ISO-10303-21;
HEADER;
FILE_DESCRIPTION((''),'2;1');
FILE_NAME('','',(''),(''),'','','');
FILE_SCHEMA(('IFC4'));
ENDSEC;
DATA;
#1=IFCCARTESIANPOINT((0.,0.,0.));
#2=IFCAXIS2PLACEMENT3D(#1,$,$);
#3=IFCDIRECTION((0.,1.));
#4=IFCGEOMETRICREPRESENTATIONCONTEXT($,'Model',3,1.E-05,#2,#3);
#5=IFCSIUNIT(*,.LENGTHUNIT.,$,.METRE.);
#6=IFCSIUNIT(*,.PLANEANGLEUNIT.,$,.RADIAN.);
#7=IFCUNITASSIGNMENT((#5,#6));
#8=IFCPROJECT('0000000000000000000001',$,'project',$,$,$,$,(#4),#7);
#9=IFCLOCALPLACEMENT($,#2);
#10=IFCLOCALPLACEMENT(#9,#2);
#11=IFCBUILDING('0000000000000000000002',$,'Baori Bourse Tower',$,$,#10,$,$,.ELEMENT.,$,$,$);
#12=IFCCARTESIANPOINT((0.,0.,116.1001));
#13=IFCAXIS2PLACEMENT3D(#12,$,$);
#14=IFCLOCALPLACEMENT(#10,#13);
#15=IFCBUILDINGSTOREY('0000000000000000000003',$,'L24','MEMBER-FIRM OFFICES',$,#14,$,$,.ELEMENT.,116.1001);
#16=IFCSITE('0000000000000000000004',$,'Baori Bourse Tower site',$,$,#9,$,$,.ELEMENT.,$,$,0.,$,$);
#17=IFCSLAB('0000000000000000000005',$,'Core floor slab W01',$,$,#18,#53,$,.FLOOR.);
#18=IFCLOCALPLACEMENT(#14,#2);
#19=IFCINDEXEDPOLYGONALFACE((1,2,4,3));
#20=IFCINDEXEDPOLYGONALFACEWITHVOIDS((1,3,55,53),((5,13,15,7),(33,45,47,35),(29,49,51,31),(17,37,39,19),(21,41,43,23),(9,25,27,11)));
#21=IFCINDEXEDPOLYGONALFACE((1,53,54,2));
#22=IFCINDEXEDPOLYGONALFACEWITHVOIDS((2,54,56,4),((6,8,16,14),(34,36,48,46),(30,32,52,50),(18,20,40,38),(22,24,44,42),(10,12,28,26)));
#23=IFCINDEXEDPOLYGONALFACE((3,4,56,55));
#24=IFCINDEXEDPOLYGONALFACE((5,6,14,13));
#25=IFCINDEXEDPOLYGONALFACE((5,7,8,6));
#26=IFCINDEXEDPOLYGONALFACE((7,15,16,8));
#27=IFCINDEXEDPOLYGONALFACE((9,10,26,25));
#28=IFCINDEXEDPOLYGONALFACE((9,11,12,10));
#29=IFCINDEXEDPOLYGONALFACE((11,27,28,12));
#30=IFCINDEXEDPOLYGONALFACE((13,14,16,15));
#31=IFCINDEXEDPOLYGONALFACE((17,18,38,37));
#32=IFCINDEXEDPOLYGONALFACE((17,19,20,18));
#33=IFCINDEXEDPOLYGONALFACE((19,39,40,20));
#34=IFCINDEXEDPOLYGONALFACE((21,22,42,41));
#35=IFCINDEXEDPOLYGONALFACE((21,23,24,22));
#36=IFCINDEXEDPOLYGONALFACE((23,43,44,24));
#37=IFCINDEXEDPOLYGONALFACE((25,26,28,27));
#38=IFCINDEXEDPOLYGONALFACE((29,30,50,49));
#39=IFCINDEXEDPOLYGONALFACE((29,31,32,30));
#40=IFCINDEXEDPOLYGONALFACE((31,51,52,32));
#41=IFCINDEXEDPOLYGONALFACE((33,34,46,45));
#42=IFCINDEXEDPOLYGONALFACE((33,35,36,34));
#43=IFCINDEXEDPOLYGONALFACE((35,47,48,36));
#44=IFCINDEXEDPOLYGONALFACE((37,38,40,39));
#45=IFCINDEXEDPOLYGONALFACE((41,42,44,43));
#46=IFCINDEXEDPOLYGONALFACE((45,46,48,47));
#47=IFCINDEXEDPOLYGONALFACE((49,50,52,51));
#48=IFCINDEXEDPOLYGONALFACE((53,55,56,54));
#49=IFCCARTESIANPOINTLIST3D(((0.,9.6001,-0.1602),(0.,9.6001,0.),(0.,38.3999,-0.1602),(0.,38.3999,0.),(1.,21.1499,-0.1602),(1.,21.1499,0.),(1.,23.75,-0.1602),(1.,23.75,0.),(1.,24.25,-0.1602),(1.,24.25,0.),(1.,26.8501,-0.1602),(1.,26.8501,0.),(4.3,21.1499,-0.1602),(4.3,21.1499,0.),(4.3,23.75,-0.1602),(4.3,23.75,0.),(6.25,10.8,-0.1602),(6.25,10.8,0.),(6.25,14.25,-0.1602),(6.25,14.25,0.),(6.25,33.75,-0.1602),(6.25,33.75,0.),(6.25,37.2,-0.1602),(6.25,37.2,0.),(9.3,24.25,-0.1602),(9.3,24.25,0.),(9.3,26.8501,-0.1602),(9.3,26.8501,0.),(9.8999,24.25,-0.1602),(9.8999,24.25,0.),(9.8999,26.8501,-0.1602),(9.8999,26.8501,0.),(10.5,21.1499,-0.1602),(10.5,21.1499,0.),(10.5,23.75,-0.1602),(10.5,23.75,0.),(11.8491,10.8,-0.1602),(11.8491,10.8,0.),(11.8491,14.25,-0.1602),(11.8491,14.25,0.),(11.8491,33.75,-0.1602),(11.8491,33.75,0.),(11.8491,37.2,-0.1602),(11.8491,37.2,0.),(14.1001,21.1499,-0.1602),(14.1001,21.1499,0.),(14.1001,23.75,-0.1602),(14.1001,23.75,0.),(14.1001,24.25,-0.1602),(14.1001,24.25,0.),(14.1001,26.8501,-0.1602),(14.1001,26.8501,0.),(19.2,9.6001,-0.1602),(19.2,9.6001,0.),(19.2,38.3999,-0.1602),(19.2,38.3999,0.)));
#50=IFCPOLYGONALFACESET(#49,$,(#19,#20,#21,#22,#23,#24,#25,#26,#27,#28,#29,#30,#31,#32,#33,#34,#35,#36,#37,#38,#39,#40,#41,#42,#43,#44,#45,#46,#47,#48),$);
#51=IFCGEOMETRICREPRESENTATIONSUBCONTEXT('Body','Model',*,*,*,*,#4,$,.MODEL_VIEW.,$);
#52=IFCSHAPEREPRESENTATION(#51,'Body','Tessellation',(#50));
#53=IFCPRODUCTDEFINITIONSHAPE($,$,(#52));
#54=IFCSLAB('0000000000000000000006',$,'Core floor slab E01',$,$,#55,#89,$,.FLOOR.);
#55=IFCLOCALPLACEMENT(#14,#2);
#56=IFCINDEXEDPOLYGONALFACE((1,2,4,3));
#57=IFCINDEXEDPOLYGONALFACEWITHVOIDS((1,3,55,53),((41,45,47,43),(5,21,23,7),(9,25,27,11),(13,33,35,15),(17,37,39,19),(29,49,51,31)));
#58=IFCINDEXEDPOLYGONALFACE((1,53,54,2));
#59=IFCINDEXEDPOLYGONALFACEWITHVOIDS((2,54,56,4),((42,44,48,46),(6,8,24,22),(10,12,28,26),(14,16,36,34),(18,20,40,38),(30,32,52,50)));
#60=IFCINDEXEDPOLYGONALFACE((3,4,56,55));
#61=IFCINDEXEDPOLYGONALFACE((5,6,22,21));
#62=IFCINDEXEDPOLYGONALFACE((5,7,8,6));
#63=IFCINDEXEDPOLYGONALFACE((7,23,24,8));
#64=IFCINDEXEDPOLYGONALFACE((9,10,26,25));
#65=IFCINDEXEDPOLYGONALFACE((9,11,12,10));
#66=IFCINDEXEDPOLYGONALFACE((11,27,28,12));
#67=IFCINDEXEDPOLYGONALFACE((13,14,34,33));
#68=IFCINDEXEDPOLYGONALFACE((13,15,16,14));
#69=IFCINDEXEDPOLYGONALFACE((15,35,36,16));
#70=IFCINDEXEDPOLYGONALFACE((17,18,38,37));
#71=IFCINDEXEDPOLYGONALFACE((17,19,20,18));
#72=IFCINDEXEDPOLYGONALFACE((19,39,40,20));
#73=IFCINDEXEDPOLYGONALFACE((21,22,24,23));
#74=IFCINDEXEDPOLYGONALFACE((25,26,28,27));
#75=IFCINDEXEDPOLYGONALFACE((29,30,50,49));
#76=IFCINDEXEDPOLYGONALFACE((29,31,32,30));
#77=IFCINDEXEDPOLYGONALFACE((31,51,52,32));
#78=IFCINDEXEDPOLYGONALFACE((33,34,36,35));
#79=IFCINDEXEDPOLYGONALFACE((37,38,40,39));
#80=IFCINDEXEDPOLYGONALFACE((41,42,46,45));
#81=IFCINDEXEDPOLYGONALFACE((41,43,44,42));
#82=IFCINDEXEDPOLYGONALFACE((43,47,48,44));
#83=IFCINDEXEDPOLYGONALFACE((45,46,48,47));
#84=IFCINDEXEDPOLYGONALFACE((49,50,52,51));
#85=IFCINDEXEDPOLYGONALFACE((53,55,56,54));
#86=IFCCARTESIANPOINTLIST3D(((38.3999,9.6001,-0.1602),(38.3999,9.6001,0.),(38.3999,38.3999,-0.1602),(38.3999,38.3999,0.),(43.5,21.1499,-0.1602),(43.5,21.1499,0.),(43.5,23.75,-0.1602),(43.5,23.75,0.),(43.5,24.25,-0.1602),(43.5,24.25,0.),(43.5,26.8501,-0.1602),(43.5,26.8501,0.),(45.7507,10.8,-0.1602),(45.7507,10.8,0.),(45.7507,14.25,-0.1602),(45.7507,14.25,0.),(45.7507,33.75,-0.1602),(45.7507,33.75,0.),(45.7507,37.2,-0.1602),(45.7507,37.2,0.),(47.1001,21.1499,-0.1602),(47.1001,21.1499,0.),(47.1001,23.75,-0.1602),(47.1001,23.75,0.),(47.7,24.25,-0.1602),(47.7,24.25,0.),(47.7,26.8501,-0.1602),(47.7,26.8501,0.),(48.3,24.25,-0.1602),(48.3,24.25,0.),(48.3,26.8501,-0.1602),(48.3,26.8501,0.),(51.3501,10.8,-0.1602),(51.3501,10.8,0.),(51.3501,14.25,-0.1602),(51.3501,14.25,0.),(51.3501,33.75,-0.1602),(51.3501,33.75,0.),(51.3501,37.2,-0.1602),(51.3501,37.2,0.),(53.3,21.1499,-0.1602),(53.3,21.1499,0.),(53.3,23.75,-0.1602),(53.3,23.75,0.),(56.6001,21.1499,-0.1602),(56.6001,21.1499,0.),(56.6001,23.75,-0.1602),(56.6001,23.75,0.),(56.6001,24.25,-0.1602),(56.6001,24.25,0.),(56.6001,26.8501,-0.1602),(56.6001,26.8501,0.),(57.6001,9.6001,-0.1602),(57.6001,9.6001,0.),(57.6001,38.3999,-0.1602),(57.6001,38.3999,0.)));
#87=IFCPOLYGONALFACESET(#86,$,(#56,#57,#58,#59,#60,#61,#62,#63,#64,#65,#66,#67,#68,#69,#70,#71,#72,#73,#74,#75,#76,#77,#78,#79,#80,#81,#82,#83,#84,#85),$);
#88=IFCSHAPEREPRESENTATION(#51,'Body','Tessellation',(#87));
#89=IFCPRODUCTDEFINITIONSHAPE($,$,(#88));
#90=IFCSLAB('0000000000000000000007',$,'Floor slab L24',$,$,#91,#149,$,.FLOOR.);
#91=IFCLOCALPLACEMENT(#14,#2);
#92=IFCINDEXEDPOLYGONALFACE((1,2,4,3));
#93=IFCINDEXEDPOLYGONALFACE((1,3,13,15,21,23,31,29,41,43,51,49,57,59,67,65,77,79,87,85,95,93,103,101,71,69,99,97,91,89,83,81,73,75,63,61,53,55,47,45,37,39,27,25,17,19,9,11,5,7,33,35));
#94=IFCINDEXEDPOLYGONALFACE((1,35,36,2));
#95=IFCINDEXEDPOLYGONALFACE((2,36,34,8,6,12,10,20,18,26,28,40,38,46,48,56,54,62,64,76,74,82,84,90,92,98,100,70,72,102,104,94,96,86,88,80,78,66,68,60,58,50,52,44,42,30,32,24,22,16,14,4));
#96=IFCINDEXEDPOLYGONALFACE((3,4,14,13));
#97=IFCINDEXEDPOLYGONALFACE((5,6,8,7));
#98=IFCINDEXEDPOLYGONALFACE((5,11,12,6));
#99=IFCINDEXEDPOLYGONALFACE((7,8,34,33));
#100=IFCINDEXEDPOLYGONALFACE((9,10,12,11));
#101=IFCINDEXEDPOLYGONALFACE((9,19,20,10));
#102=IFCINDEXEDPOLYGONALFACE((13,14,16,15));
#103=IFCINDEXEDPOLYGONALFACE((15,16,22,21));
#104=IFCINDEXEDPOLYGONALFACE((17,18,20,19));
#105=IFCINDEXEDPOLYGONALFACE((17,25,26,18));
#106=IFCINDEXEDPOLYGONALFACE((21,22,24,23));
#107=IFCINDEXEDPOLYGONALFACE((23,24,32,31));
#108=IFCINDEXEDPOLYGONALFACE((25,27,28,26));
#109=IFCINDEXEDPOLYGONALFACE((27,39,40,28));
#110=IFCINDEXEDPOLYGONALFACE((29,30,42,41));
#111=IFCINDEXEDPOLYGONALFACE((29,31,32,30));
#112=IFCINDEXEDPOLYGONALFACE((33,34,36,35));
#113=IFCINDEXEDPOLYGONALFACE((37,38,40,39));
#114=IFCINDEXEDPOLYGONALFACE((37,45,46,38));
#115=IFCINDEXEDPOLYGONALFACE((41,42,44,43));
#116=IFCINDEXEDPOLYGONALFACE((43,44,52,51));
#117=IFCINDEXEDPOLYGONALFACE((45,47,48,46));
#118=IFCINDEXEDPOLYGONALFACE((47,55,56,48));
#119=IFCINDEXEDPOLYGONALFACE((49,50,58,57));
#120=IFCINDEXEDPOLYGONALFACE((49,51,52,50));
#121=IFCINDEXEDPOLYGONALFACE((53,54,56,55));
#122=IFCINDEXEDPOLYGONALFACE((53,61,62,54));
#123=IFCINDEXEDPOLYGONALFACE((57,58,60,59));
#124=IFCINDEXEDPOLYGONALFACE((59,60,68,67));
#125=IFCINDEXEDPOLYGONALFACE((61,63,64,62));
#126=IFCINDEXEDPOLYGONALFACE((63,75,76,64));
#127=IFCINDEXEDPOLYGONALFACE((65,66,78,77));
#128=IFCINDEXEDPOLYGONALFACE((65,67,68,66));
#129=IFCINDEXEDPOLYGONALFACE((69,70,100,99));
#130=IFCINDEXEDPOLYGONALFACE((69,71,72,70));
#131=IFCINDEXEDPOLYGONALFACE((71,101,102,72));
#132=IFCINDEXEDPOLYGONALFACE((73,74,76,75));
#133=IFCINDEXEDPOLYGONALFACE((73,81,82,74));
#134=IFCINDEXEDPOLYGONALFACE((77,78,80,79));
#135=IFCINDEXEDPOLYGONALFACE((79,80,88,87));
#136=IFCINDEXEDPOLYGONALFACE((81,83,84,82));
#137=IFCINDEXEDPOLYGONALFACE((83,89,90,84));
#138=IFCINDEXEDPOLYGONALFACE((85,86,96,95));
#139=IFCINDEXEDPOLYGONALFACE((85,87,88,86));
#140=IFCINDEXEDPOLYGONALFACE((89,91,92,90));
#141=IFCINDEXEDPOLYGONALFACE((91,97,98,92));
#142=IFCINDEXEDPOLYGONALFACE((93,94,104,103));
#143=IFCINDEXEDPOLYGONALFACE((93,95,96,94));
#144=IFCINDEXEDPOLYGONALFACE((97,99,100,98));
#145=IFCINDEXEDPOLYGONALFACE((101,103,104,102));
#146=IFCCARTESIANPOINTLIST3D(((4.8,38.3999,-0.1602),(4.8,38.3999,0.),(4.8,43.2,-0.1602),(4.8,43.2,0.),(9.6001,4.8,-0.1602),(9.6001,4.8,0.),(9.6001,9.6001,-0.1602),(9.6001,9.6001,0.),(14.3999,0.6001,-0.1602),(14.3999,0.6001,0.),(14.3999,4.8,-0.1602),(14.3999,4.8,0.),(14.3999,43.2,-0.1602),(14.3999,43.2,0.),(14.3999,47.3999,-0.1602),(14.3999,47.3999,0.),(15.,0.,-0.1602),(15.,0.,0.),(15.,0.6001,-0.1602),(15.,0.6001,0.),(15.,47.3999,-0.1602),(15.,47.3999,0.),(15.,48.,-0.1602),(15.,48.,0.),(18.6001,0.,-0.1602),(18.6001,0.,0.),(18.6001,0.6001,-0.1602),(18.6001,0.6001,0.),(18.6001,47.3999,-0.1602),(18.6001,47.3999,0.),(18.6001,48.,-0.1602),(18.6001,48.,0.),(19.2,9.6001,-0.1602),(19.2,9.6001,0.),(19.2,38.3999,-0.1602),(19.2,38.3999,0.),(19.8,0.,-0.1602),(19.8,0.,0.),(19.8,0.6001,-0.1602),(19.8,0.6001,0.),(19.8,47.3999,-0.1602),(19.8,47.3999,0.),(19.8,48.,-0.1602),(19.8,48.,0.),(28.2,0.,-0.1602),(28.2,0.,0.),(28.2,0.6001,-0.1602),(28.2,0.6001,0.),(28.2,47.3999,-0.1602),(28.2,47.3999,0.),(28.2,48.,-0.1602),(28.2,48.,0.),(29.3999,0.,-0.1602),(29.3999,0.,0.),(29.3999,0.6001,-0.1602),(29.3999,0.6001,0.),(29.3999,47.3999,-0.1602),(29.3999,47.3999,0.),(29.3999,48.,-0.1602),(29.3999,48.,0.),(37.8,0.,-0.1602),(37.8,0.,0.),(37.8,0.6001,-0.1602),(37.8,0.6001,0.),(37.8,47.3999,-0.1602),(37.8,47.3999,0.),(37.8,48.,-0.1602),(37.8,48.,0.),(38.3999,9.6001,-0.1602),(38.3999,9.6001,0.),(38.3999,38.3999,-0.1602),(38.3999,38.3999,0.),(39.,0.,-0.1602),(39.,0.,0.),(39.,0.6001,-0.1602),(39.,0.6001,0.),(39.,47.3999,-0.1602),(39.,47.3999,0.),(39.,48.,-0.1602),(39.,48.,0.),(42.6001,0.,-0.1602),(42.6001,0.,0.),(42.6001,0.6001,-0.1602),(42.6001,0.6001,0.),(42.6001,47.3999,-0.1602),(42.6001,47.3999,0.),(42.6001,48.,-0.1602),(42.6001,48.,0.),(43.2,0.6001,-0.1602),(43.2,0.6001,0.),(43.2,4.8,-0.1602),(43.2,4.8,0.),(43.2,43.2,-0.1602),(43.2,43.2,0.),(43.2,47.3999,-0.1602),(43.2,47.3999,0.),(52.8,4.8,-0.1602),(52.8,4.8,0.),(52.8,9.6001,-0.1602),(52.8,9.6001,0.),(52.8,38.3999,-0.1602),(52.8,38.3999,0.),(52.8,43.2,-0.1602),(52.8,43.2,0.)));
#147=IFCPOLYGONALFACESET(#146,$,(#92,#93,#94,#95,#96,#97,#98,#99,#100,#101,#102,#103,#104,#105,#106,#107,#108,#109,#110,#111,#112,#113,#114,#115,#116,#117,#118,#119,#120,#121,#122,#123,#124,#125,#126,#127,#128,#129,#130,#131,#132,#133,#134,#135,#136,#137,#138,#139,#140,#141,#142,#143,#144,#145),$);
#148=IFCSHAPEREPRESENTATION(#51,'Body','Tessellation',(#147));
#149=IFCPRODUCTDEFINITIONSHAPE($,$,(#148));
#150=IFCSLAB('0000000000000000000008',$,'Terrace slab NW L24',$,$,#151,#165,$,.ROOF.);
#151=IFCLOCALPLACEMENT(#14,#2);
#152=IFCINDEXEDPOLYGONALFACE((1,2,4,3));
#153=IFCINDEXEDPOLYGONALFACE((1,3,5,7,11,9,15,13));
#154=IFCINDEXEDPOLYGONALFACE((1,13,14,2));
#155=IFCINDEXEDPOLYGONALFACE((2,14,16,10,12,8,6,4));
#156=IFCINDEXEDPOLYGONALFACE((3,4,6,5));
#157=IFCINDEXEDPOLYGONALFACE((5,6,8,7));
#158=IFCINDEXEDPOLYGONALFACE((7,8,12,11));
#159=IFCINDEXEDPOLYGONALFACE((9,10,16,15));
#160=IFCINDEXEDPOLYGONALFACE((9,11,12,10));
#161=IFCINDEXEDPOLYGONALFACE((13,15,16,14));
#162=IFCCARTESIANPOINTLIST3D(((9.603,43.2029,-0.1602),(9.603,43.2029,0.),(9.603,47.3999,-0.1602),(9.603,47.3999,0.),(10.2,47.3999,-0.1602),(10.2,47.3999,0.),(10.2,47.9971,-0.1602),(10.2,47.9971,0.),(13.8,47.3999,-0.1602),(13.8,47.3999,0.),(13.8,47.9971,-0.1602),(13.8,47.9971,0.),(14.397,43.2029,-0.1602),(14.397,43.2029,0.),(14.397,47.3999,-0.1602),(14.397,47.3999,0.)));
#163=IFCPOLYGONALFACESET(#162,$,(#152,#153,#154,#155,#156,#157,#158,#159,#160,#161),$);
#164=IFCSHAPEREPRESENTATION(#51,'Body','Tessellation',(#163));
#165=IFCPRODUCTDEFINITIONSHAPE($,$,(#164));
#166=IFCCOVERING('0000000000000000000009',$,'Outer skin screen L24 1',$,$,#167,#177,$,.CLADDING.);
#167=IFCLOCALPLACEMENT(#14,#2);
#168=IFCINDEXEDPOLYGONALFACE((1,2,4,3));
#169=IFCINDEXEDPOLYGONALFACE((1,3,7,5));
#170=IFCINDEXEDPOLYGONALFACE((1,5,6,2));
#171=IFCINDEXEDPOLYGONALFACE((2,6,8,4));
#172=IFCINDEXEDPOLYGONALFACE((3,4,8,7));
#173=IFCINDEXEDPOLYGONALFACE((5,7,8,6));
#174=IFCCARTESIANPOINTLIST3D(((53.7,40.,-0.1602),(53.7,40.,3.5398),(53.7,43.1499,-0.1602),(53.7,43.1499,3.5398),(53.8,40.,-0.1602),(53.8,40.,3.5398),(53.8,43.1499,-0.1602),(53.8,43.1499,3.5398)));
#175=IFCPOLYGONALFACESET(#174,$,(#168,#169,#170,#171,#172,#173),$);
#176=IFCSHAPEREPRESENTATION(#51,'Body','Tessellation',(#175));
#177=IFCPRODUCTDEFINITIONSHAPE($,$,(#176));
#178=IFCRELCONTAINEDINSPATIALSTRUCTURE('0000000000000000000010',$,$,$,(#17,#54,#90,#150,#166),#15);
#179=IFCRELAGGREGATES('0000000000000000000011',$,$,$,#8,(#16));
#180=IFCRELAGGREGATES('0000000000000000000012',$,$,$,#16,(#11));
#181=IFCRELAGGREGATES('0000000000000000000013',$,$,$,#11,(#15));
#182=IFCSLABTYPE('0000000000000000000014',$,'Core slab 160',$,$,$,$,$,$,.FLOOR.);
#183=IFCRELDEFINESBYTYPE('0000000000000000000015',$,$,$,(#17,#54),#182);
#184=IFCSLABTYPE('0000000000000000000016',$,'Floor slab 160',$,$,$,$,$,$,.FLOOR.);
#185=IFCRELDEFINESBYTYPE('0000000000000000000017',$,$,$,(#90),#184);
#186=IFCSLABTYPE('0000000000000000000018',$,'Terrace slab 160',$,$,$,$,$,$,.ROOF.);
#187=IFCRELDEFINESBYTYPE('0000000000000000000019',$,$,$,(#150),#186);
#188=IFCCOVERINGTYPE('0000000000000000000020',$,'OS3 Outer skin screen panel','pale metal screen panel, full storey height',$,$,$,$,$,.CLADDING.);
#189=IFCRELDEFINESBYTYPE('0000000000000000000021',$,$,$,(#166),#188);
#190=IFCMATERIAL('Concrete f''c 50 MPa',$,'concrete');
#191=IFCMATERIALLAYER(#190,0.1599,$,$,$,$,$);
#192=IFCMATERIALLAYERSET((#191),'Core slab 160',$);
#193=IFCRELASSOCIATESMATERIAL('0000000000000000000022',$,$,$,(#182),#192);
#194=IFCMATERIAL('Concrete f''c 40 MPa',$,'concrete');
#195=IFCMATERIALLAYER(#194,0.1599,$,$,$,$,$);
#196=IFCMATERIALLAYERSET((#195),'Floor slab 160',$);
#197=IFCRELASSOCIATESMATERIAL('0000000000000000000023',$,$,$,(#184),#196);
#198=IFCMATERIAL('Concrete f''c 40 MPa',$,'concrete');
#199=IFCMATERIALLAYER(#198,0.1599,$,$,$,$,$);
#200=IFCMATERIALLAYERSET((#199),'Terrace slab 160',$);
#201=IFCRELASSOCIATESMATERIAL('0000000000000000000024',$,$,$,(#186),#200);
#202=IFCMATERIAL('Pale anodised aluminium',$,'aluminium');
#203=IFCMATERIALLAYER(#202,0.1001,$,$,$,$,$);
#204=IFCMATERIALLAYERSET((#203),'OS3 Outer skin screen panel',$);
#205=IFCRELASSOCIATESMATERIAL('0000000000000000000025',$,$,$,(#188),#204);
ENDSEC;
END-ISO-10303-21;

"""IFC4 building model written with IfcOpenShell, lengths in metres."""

from ifc_helpers import new_model, si_unit, direction, frame, origin, place, context, subcontext, project, spatial, polyline, outline, extrude, material, layer, layer_set, type_object, element, save


model = new_model("IFC4")

# Units and contexts
model_context = context("Model", 3, precision=1e-05, world=origin(), true_north=direction((0.0, 1.0)))
body_context = subcontext(model_context, "Body", "Model", "MODEL_VIEW")
ifc_project = project(units=[si_unit("LENGTHUNIT", "METRE"), si_unit("PLANEANGLEUNIT", "RADIAN")], contexts=[model_context])

# Site, building, storey
site_placement = place(None, origin())
site = spatial("IfcSite", under=ifc_project, at=site_placement, Name="Baori Bourse Tower site", CompositionType="ELEMENT", RefElevation=0.0)
building_placement = place(site_placement, origin())
building = spatial("IfcBuilding", under=site, at=building_placement, Name="Baori Bourse Tower", CompositionType="ELEMENT")
storey_placement = place(building_placement, frame((0.0, 0.0, 116.1001)))
storey = spatial("IfcBuildingStorey", under=building, at=storey_placement, Name="L24", Description="MEMBER-FIRM OFFICES", CompositionType="ELEMENT", Elevation=116.1001)

# Slabs
ifc_material_1 = material(Name="Concrete f'c 50 MPa", Category="concrete")
ifc_layer_1 = layer(ifc_material_1, 0.1599)
ifc_layer_set_1 = layer_set([ifc_layer_1], Name="Core slab 160")
slab_type_1 = type_object("IfcSlabType", Name="Core slab 160", PredefinedType="FLOOR", material=ifc_layer_set_1)
slab_1_placement = place(storey_placement, frame((0.0, 0.0, -0.1602)))
element("IfcSlab", 1, at=slab_1_placement, inside=storey, type_object=slab_type_1, Name="Core floor slab W01", PredefinedType="FLOOR", context=body_context, shape_type="SweptSolid", body=[
    extrude(outline(polyline([(0.0, 38.3999), (0.0, 9.6001), (19.2, 9.6001), (19.2, 38.3999), (0.0, 38.3999)]), holes=[polyline([(10.5, 21.1499), (10.5, 23.75), (14.1001, 23.75), (14.1001, 21.1499), (10.5, 21.1499)]), polyline([(14.1001, 24.25), (9.8999, 24.25), (9.8999, 26.8501), (14.1001, 26.8501), (14.1001, 24.25)]), polyline([(6.25, 14.25), (11.8491, 14.25), (11.8491, 10.8), (6.25, 10.8), (6.25, 14.25)]), polyline([(11.8491, 37.2), (11.8491, 33.75), (6.25, 33.75), (6.25, 37.2), (11.8491, 37.2)]), polyline([(1.0, 26.8501), (9.3, 26.8501), (9.3, 24.25), (1.0, 24.25), (1.0, 26.8501)]), polyline([(4.3, 23.75), (4.3, 21.1499), (1.0, 21.1499), (1.0, 23.75), (4.3, 23.75)])]), origin(), (0.0, 0.0, 1.0), 0.1602),
])
slab_2_placement = place(storey_placement, frame((0.0, 0.0, -0.1602)))
element("IfcSlab", 2, at=slab_2_placement, inside=storey, type_object=slab_type_1, Name="Core floor slab E01", PredefinedType="FLOOR", context=body_context, shape_type="SweptSolid", body=[
    extrude(outline(polyline([(57.6001, 38.3999), (38.3999, 38.3999), (38.3999, 9.6001), (57.6001, 9.6001), (57.6001, 38.3999)]), holes=[polyline([(56.6001, 21.1499), (53.3, 21.1499), (53.3, 23.75), (56.6001, 23.75), (56.6001, 21.1499)]), polyline([(56.6001, 26.8501), (56.6001, 24.25), (48.3, 24.25), (48.3, 26.8501), (56.6001, 26.8501)]), polyline([(45.7507, 14.25), (51.3501, 14.25), (51.3501, 10.8), (45.7507, 10.8), (45.7507, 14.25)]), polyline([(51.3501, 37.2), (51.3501, 33.75), (45.7507, 33.75), (45.7507, 37.2), (51.3501, 37.2)]), polyline([(43.5, 24.25), (43.5, 26.8501), (47.7, 26.8501), (47.7, 24.25), (43.5, 24.25)]), polyline([(43.5, 23.75), (47.1001, 23.75), (47.1001, 21.1499), (43.5, 21.1499), (43.5, 23.75)])]), origin(), (0.0, 0.0, 1.0), 0.1602),
])
ifc_material_2 = material(Name="Concrete f'c 40 MPa", Category="concrete")
ifc_layer_2 = layer(ifc_material_2, 0.1599)
ifc_layer_set_2 = layer_set([ifc_layer_2], Name="Floor slab 160")
slab_type_2 = type_object("IfcSlabType", Name="Floor slab 160", PredefinedType="FLOOR", material=ifc_layer_set_2)
slab_3_placement = place(storey_placement, frame((0.0, 0.0, -0.1602)))
element("IfcSlab", 3, at=slab_3_placement, inside=storey, type_object=slab_type_2, Name="Floor slab L24", PredefinedType="FLOOR", context=body_context, shape_type="SweptSolid", body=[
    extrude(outline(polyline([(14.3999, 4.8), (9.6001, 4.8), (9.6001, 9.6001), (19.2, 9.6001), (19.2, 38.3999), (4.8, 38.3999), (4.8, 43.2), (14.3999, 43.2), (14.3999, 47.3999), (15.0, 47.3999), (15.0, 48.0), (18.6001, 48.0), (18.6001, 47.3999), (19.8, 47.3999), (19.8, 48.0), (28.2, 48.0), (28.2, 47.3999), (29.3999, 47.3999), (29.3999, 48.0), (37.8, 48.0), (37.8, 47.3999), (39.0, 47.3999), (39.0, 48.0), (42.6001, 48.0), (42.6001, 47.3999), (43.2, 47.3999), (43.2, 43.2), (52.8, 43.2), (52.8, 38.3999), (38.3999, 38.3999), (38.3999, 9.6001), (52.8, 9.6001), (52.8, 4.8), (43.2, 4.8), (43.2, 0.6001), (42.6001, 0.6001), (42.6001, 0.0), (39.0, 0.0), (39.0, 0.6001), (37.8, 0.6001), (37.8, 0.0), (29.3999, 0.0), (29.3999, 0.6001), (28.2, 0.6001), (28.2, 0.0), (19.8, 0.0), (19.8, 0.6001), (18.6001, 0.6001), (18.6001, 0.0), (15.0, 0.0), (15.0, 0.6001), (14.3999, 0.6001), (14.3999, 4.8)])), origin(), (0.0, 0.0, 1.0), 0.1602),
])
ifc_material_3 = material(Name="Concrete f'c 40 MPa", Category="concrete")
ifc_layer_3 = layer(ifc_material_3, 0.1599)
ifc_layer_set_3 = layer_set([ifc_layer_3], Name="Terrace slab 160")
slab_type_3 = type_object("IfcSlabType", Name="Terrace slab 160", PredefinedType="ROOF", material=ifc_layer_set_3)
slab_4_placement = place(storey_placement, frame((0.0, 0.0, -0.1602)))
element("IfcSlab", 4, at=slab_4_placement, inside=storey, type_object=slab_type_3, Name="Terrace slab NW L24", PredefinedType="ROOF", context=body_context, shape_type="SweptSolid", body=[
    extrude(outline(polyline([(14.397, 43.2029), (9.603, 43.2029), (9.603, 47.3999), (10.2, 47.3999), (10.2, 47.9971), (13.8, 47.9971), (13.8, 47.3999), (14.397, 47.3999), (14.397, 43.2029)])), origin(), (0.0, 0.0, 1.0), 0.1602),
])

# Covering
ifc_material_4 = material(Name="Pale anodised aluminium", Category="aluminium")
ifc_layer_4 = layer(ifc_material_4, 0.1001)
ifc_layer_set_4 = layer_set([ifc_layer_4], Name="OS3 Outer skin screen panel")
covering_type = type_object("IfcCoveringType", Name="OS3 Outer skin screen panel", Description="pale metal screen panel, full storey height", PredefinedType="CLADDING", material=ifc_layer_set_4)
covering_1_placement = place(storey_placement, frame((0.0, 0.0, -0.1602)))
element("IfcCovering", 5, at=covering_1_placement, inside=storey, type_object=covering_type, Name="Outer skin screen L24 1", PredefinedType="CLADDING", context=body_context, shape_type="SweptSolid", body=[
    extrude(outline(polyline([(53.7, 43.1499), (53.7, 40.0), (53.8, 40.0), (53.8, 43.1499), (53.7, 43.1499)])), origin(), (0.0, 0.0, 1.0), 3.7),
])

save(model, "model.ifc")
